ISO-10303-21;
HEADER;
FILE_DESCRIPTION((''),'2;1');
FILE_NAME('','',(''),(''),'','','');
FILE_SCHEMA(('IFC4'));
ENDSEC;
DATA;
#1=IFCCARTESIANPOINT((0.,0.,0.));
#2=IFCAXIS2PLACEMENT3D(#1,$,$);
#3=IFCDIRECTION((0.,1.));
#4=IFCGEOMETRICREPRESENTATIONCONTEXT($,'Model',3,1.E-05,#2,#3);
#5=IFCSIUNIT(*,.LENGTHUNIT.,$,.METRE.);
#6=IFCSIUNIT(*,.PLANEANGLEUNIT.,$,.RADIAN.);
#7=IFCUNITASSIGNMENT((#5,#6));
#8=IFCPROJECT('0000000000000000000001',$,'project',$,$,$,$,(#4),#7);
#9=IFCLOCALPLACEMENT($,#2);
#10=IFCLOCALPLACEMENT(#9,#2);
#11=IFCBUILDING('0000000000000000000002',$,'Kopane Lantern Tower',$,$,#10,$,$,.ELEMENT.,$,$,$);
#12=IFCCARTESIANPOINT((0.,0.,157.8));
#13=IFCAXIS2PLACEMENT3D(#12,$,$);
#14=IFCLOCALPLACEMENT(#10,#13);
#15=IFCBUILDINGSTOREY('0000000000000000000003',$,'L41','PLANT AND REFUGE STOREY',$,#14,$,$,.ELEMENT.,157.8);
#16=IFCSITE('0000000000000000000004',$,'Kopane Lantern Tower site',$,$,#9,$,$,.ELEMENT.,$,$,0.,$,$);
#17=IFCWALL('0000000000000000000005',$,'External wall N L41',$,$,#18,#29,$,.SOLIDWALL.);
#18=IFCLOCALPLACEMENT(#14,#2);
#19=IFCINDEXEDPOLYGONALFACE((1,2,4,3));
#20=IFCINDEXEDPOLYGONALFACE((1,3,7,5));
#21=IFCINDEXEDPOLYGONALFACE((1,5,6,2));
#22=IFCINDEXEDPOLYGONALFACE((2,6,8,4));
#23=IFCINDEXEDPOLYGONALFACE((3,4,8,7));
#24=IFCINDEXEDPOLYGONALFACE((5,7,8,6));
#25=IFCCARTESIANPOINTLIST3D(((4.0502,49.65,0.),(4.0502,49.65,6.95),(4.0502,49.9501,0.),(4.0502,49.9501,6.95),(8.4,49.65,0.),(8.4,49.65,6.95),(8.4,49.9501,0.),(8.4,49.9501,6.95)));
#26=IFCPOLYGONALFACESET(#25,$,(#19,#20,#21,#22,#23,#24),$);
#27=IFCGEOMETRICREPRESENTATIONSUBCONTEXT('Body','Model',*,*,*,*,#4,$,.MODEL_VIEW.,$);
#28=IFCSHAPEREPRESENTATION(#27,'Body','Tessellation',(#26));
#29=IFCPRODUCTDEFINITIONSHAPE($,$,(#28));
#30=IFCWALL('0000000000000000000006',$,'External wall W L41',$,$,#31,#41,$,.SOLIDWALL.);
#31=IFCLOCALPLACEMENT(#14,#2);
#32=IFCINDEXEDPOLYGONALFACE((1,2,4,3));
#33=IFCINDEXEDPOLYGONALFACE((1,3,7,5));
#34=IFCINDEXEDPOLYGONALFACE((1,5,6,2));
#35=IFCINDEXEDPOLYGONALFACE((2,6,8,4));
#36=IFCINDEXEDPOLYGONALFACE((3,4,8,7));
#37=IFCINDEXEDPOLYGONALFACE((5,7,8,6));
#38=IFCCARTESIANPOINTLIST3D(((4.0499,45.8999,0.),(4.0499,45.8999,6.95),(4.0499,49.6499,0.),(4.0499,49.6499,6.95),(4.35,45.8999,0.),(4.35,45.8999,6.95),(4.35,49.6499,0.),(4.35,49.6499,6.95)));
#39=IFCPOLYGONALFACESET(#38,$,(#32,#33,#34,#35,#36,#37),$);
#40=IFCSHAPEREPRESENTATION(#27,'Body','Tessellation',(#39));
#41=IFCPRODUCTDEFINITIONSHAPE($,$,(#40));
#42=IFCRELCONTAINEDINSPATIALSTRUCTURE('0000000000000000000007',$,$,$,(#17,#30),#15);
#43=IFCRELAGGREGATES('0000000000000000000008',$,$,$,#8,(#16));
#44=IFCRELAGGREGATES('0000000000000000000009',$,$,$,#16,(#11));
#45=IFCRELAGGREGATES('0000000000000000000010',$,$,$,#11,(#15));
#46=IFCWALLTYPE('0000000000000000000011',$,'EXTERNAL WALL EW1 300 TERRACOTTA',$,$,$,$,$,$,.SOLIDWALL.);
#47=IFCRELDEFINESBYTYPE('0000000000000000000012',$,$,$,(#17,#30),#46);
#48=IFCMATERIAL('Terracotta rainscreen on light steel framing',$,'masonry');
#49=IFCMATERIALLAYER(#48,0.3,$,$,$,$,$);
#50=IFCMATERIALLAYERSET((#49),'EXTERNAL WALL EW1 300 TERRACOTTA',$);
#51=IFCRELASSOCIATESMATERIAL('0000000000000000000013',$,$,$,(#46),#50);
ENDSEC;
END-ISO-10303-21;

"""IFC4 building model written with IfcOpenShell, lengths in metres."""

from ifc_helpers import new_model, si_unit, direction, frame, frame_2d, origin, place, context, subcontext, project, spatial, rectangle, extrude, material, layer, layer_set, type_object, element, save


model = new_model("IFC4")

# Units and contexts
model_context = context("Model", 3, precision=1e-05, world=origin(), true_north=direction((0.0, 1.0)))
body_context = subcontext(model_context, "Body", "Model", "MODEL_VIEW")
ifc_project = project(units=[si_unit("LENGTHUNIT", "METRE"), si_unit("PLANEANGLEUNIT", "RADIAN")], contexts=[model_context])

# Site, building, storey
site_placement = place(None, origin())
site = spatial("IfcSite", under=ifc_project, at=site_placement, Name="Kopane Lantern Tower site", CompositionType="ELEMENT", RefElevation=0.0)
building_placement = place(site_placement, origin())
building = spatial("IfcBuilding", under=site, at=building_placement, Name="Kopane Lantern Tower", CompositionType="ELEMENT")
storey_placement = place(building_placement, frame((0.0, 0.0, 157.8)))
storey = spatial("IfcBuildingStorey", under=building, at=storey_placement, Name="L41", Description="PLANT AND REFUGE STOREY", CompositionType="ELEMENT", Elevation=157.8)

# Walls
ifc_material_1 = material(Name="Terracotta rainscreen on light steel framing", Category="masonry")
ifc_layer_1 = layer(ifc_material_1, 0.3)
ifc_layer_set_1 = layer_set([ifc_layer_1], Name="EXTERNAL WALL EW1 300 TERRACOTTA")
wall_type_1 = type_object("IfcWallType", Name="EXTERNAL WALL EW1 300 TERRACOTTA", PredefinedType="SOLIDWALL", material=ifc_layer_set_1)
wall_1_placement = place(storey_placement, frame((8.3999, 49.8, 0.0), z_axis=(0.0, 0.0, 1.0), x_axis=(-1.0, 0.0, 0.0)))
element("IfcWall", 1, at=wall_1_placement, inside=storey, type_object=wall_type_1, Name="External wall N L41", PredefinedType="SOLIDWALL", context=body_context, shape_type="SweptSolid", body=[
    extrude(rectangle(XDim=4.3499, YDim=0.3, at=frame_2d((2.1748, 0.0))), origin(), (0.0, 0.0, 1.0), 6.95),
])
wall_2_placement = place(storey_placement, frame((4.2, 49.6499, 0.0), z_axis=(0.0, 0.0, 1.0), x_axis=(0.0, -1.0, 0.0)))
element("IfcWall", 2, at=wall_2_placement, inside=storey, type_object=wall_type_1, Name="External wall W L41", PredefinedType="SOLIDWALL", context=body_context, shape_type="SweptSolid", body=[
    extrude(rectangle(XDim=3.75, YDim=0.3, at=frame_2d((1.875, 0.0))), origin(), (0.0, 0.0, 1.0), 6.95),
])

save(model, "model.ifc")
